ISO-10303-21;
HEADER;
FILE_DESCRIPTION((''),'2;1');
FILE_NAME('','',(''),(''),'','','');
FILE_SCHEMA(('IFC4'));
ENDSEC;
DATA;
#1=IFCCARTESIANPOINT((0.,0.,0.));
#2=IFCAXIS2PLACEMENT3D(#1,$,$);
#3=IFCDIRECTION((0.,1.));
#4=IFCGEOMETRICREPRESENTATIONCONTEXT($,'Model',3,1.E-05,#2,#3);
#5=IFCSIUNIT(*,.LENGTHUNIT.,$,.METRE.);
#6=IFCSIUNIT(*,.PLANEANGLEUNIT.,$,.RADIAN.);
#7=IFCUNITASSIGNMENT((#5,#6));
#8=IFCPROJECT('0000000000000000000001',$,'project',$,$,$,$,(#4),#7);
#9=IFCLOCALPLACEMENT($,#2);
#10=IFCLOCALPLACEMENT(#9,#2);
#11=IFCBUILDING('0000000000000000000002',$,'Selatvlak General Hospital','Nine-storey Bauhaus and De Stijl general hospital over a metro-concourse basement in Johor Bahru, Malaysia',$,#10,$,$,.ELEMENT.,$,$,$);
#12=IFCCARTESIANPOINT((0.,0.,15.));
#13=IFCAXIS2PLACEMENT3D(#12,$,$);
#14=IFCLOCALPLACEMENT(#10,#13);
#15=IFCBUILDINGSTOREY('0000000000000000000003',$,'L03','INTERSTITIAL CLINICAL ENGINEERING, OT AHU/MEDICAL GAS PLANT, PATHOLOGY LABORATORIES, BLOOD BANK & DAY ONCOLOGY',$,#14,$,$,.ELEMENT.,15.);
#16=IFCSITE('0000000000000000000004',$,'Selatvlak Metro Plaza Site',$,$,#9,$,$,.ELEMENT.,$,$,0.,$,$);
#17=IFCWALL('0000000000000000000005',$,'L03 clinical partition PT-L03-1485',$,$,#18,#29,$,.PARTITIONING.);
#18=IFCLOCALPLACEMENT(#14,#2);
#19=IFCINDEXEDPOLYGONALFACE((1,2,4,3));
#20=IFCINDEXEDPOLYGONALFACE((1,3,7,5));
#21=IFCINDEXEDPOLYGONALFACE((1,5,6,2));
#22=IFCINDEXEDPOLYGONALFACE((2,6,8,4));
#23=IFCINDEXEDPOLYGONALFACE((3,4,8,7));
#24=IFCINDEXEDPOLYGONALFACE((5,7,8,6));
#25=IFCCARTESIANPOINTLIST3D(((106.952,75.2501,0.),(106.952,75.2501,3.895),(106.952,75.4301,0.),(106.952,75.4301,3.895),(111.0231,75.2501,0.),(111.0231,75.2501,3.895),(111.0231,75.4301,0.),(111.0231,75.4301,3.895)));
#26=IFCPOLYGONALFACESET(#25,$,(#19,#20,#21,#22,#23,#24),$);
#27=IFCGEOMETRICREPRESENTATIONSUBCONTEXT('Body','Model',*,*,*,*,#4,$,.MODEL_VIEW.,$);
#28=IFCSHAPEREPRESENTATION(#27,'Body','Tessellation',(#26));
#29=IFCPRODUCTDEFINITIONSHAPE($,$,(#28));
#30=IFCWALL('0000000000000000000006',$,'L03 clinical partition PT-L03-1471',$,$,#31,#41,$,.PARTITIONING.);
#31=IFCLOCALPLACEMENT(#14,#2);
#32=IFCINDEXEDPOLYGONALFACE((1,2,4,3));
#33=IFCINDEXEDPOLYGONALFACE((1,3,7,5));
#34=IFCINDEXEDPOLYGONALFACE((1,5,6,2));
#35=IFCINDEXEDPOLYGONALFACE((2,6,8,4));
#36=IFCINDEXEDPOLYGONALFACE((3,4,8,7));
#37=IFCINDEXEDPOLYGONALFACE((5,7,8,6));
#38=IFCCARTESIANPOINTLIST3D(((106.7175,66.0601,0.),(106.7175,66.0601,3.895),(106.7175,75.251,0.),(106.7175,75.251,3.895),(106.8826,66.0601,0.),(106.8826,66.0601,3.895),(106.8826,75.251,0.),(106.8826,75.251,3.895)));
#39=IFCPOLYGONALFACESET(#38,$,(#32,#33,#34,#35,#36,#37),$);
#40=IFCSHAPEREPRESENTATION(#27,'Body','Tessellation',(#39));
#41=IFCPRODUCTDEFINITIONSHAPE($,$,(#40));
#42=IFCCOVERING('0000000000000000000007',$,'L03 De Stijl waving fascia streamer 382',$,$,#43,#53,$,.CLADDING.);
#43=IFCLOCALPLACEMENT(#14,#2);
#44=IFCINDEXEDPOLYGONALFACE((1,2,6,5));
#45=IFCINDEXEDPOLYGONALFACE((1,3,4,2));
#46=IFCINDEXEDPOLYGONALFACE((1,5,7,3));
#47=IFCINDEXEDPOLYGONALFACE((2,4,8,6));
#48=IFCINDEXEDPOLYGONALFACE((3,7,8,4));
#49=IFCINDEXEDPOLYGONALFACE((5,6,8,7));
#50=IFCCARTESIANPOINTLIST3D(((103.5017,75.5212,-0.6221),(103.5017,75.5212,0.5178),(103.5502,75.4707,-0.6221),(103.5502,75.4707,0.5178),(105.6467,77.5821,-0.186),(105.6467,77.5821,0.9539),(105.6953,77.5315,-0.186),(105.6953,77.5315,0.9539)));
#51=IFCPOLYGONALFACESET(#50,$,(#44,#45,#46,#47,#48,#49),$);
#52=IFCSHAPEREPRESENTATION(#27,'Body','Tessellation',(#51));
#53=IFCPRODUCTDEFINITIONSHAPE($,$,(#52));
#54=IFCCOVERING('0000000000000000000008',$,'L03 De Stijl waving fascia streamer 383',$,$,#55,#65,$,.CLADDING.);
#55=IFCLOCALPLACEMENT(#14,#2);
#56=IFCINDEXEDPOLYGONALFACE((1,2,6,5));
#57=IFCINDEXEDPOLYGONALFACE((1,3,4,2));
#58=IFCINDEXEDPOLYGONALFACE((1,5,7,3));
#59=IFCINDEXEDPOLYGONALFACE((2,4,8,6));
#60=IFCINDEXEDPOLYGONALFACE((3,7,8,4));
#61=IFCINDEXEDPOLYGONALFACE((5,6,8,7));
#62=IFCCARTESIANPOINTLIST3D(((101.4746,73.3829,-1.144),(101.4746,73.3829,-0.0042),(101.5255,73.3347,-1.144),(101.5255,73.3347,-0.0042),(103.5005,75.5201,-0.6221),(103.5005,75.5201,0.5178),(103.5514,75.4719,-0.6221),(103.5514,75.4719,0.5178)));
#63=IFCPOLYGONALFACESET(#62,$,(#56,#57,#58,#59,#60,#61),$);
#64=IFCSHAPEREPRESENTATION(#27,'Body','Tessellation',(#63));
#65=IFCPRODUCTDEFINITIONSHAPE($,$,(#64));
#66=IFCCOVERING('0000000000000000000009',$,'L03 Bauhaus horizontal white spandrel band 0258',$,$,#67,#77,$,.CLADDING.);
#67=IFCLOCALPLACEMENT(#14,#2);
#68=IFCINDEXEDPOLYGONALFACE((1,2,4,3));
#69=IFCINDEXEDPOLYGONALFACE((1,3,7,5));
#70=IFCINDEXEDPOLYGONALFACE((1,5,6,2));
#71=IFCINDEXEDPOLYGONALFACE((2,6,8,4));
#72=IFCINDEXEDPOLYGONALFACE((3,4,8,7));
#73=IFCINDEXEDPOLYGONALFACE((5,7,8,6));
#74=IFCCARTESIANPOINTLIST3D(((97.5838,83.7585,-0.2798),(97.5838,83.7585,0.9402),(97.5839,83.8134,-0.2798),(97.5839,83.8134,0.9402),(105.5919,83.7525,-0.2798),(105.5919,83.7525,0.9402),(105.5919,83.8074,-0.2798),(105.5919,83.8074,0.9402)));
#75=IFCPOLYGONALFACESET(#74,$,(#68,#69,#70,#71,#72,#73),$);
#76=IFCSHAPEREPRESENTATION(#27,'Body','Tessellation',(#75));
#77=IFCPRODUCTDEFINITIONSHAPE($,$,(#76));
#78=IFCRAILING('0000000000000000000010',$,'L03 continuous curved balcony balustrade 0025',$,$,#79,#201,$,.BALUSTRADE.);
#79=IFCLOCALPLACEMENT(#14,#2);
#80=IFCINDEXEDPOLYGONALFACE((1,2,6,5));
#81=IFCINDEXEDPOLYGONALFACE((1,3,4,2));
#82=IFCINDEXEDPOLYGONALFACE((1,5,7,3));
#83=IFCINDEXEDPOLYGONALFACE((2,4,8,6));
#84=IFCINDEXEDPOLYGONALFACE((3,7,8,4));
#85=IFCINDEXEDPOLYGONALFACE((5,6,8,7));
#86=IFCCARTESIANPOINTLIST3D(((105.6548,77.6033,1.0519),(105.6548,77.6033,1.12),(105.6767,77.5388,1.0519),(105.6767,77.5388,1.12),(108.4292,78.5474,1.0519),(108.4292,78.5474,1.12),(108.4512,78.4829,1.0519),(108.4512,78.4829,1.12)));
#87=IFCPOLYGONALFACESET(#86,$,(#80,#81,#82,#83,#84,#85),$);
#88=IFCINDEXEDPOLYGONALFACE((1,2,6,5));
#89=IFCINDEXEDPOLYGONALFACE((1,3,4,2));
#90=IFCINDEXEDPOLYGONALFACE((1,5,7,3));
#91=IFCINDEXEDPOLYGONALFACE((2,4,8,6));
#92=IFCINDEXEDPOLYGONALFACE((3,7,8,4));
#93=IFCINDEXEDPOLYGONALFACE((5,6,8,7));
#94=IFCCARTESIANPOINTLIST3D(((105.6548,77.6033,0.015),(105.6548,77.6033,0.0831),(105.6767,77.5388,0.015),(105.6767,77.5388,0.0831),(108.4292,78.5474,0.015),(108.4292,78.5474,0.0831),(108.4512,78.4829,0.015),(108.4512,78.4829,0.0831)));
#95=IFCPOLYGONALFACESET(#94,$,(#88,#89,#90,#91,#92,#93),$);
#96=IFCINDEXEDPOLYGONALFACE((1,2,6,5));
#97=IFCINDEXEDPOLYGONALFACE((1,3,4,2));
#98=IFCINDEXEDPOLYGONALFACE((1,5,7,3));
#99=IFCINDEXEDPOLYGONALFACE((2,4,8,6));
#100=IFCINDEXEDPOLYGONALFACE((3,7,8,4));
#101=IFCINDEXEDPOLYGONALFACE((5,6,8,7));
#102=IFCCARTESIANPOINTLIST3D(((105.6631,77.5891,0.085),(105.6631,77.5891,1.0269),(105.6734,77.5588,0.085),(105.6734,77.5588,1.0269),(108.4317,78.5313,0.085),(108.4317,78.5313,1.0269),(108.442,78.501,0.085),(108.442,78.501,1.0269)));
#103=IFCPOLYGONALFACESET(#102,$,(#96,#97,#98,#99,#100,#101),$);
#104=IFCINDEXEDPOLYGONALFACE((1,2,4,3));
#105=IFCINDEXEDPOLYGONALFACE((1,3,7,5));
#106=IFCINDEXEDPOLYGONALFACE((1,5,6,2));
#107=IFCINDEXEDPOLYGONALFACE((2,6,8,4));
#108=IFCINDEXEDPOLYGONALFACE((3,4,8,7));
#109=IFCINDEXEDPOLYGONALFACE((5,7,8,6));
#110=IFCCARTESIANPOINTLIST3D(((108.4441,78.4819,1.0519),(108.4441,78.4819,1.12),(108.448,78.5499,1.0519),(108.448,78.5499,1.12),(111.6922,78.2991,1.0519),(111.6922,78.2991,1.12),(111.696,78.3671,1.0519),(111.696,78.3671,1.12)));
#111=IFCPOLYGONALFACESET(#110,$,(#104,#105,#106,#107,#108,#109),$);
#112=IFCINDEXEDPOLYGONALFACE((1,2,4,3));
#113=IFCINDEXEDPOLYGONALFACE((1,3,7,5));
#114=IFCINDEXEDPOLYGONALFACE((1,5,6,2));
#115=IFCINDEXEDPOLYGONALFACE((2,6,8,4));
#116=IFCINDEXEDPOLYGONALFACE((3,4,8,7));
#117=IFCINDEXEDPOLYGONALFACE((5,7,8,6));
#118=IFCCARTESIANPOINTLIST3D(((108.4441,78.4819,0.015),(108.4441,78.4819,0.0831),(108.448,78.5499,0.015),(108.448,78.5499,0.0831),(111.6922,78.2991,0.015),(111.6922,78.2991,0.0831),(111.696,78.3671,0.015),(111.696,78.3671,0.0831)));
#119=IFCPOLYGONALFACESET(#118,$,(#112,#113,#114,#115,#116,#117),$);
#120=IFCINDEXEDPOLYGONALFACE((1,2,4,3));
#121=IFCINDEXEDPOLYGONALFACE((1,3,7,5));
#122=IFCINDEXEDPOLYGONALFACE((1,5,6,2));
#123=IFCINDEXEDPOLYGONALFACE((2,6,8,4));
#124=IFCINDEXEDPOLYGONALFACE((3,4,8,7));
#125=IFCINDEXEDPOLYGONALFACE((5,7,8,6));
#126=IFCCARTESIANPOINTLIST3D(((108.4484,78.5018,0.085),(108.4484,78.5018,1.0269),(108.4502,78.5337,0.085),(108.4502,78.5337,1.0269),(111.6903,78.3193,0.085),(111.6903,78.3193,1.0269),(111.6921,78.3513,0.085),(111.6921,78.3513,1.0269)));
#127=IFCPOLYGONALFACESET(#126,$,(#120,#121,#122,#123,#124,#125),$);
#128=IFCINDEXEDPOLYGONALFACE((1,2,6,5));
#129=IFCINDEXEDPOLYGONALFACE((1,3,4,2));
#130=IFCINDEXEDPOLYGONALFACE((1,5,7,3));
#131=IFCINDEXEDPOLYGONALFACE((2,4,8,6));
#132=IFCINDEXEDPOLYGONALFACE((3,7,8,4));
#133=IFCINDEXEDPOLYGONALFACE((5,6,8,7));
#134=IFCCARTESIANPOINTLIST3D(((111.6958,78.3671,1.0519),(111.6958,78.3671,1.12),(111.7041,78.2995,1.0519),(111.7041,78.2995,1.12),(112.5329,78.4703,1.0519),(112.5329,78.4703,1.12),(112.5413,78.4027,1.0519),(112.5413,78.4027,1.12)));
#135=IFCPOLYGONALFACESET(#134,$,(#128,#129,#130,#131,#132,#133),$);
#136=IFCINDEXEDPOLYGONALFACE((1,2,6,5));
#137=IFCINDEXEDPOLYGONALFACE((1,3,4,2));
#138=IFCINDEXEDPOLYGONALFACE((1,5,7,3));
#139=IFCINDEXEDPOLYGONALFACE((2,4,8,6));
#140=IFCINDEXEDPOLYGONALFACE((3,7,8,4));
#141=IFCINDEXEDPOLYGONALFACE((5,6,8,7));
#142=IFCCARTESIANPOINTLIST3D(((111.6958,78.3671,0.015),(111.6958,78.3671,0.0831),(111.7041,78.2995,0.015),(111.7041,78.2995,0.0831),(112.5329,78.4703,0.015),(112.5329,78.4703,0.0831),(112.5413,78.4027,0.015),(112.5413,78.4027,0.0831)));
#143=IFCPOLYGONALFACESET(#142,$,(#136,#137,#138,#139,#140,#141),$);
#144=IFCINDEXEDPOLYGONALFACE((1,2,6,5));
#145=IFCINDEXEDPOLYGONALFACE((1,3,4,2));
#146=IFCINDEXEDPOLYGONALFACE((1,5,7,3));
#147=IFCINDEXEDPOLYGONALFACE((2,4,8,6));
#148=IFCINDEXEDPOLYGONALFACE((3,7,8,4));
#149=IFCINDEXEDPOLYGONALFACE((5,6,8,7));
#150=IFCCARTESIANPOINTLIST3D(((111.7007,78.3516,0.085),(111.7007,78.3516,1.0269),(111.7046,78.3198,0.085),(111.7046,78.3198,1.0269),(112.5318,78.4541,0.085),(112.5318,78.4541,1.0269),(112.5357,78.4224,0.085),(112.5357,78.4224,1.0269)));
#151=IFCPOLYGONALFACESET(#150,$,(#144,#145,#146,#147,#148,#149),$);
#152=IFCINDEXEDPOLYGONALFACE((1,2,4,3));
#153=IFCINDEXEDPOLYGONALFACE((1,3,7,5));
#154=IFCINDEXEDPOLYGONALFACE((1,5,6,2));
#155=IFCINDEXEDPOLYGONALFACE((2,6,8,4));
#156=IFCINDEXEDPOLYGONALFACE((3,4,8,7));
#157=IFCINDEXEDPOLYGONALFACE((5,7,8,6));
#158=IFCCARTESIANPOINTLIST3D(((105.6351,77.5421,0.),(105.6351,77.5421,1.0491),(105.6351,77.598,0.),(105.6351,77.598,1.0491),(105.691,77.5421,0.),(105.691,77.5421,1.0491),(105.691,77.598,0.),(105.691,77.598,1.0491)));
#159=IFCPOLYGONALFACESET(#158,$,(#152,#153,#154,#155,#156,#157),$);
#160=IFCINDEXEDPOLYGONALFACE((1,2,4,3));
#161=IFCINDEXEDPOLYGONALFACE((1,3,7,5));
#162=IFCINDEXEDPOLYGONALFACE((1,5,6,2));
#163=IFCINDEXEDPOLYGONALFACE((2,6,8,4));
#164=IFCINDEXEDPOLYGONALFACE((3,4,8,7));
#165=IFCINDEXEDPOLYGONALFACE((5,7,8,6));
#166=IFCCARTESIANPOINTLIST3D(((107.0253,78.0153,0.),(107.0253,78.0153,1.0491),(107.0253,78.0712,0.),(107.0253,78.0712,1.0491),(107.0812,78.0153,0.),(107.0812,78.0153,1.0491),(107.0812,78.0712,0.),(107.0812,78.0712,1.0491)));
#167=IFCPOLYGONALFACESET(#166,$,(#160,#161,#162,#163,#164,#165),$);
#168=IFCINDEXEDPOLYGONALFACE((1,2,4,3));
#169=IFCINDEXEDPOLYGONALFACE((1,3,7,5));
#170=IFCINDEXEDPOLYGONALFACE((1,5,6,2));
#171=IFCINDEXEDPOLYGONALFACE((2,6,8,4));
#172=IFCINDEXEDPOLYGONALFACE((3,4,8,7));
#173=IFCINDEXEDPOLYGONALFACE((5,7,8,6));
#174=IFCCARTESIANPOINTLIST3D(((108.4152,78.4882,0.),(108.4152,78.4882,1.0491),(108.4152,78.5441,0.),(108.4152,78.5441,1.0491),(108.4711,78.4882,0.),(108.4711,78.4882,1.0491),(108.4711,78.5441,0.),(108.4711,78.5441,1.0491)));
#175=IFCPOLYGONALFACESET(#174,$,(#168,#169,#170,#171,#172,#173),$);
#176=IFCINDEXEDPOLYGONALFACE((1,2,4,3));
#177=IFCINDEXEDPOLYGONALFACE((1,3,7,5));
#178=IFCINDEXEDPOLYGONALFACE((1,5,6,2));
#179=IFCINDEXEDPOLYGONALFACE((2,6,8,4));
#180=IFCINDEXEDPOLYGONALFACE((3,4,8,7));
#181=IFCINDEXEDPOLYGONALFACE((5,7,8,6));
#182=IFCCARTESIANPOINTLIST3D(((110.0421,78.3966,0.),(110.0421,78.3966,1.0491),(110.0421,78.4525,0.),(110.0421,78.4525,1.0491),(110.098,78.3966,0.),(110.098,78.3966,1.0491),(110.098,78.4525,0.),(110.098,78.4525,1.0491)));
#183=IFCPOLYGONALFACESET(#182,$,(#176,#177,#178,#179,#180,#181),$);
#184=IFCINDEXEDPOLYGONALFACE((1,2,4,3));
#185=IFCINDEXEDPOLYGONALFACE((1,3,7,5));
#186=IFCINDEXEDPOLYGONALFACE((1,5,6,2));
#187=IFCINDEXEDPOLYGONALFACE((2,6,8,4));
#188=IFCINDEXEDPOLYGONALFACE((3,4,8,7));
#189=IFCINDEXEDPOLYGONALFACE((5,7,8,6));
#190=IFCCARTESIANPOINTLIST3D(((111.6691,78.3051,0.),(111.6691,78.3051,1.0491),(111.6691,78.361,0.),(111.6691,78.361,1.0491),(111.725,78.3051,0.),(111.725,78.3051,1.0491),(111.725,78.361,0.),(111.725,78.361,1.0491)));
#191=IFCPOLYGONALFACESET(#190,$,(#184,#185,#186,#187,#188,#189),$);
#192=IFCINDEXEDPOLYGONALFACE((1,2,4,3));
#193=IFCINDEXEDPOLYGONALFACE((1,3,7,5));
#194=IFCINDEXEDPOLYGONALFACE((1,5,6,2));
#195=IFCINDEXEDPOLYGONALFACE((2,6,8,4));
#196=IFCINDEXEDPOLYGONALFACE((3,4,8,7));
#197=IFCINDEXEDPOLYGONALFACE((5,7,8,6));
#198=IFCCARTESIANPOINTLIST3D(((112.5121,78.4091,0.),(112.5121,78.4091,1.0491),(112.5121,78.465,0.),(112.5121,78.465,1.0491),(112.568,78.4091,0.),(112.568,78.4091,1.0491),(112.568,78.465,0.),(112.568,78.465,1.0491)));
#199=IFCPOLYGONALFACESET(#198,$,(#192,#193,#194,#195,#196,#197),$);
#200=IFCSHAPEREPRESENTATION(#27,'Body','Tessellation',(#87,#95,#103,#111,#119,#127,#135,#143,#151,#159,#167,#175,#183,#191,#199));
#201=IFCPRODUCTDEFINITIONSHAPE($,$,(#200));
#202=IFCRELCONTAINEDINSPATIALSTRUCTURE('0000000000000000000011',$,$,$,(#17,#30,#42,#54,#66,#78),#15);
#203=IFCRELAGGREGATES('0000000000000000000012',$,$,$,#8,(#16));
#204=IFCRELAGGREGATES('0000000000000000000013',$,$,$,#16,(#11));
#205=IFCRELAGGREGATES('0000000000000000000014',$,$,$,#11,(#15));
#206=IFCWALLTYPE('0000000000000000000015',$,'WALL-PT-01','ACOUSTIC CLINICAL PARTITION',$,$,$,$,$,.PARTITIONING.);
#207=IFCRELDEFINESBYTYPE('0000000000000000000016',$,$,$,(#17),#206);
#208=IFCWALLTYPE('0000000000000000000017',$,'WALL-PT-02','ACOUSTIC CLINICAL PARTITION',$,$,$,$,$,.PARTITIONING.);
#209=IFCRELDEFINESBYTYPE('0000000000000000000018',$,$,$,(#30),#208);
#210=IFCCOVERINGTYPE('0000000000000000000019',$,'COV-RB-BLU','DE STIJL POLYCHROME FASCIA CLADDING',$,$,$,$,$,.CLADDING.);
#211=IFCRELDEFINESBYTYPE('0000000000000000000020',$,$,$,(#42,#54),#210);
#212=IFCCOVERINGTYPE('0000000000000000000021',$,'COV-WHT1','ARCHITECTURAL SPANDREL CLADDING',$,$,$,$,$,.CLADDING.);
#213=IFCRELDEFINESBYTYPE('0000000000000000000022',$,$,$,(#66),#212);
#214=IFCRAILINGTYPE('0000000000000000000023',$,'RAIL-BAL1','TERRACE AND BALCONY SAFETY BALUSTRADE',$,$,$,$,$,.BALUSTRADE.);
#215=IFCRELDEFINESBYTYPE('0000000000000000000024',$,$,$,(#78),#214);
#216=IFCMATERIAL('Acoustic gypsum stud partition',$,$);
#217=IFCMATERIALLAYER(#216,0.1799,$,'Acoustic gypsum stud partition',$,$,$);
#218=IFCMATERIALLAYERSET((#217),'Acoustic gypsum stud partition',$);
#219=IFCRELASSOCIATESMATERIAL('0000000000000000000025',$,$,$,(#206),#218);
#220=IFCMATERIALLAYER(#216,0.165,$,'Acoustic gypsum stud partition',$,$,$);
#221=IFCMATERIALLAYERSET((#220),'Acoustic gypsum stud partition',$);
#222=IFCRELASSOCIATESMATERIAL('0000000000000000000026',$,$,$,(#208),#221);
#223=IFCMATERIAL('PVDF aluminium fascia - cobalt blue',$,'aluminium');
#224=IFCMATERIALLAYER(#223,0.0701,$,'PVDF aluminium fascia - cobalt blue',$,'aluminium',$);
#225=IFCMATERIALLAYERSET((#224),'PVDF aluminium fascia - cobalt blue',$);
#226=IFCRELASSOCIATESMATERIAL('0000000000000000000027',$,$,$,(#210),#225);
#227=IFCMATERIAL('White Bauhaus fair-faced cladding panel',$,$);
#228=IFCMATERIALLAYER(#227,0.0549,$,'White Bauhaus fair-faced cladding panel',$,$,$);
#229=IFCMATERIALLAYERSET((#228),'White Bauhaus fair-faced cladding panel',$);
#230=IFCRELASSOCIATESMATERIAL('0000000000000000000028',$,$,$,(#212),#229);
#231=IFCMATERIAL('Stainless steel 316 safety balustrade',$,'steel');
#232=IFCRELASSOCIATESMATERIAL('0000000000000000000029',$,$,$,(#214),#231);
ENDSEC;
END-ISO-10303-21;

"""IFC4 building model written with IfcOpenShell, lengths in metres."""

from ifc_helpers import new_model, si_unit, direction, frame, frame_2d, origin, origin_2d, place, context, subcontext, project, spatial, polyline, rectangle, outline, extrude, material, layer, layer_set, type_object, element, save


model = new_model("IFC4")

# Units and contexts
model_context = context("Model", 3, precision=1e-05, world=origin(), true_north=direction((0.0, 1.0)))
body_context = subcontext(model_context, "Body", "Model", "MODEL_VIEW")
ifc_project = project(units=[si_unit("LENGTHUNIT", "METRE"), si_unit("PLANEANGLEUNIT", "RADIAN")], contexts=[model_context])

# Site, building, storey
site_placement = place(None, origin())
site = spatial("IfcSite", under=ifc_project, at=site_placement, Name="Selatvlak Metro Plaza Site", CompositionType="ELEMENT", RefElevation=0.0)
building_placement = place(site_placement, origin())
building = spatial("IfcBuilding", under=site, at=building_placement, Name="Selatvlak General Hospital", Description="Nine-storey Bauhaus and De Stijl general hospital over a metro-concourse basement in Johor Bahru, Malaysia", CompositionType="ELEMENT")
storey_placement = place(building_placement, frame((0.0, 0.0, 15.0)))
storey = spatial("IfcBuildingStorey", under=building, at=storey_placement, Name="L03", Description="INTERSTITIAL CLINICAL ENGINEERING, OT AHU/MEDICAL GAS PLANT, PATHOLOGY LABORATORIES, BLOOD BANK & DAY ONCOLOGY", CompositionType="ELEMENT", Elevation=15.0)

# Walls
ifc_material_1 = material(Name="Acoustic gypsum stud partition")
ifc_layer_1 = layer(ifc_material_1, 0.1799, Name="Acoustic gypsum stud partition")
ifc_layer_set_1 = layer_set([ifc_layer_1], Name="Acoustic gypsum stud partition")
wall_type_1 = type_object("IfcWallType", Name="WALL-PT-01", Description="ACOUSTIC CLINICAL PARTITION", PredefinedType="PARTITIONING", material=ifc_layer_set_1)
wall_1_placement = place(storey_placement, frame((106.9519, 75.3401, 0.0), z_axis=(0.0, 0.0, 1.0), x_axis=(1.0, 0.0, 0.0)))
element("IfcWall", 1, at=wall_1_placement, inside=storey, type_object=wall_type_1, Name="L03 clinical partition PT-L03-1485", PredefinedType="PARTITIONING", context=body_context, shape_type="SweptSolid", body=[
    extrude(rectangle(XDim=4.071, YDim=0.1799, at=frame_2d((2.0356, 0.0))), origin(), (0.0, 0.0, 1.0), 3.895),
])
ifc_layer_2 = layer(ifc_material_1, 0.165, Name="Acoustic gypsum stud partition")
ifc_layer_set_2 = layer_set([ifc_layer_2], Name="Acoustic gypsum stud partition")
wall_type_2 = type_object("IfcWallType", Name="WALL-PT-02", Description="ACOUSTIC CLINICAL PARTITION", PredefinedType="PARTITIONING", material=ifc_layer_set_2)
wall_2_placement = place(storey_placement, frame((106.8, 75.251, 0.0), z_axis=(0.0, 0.0, 1.0), x_axis=(0.0, -1.0, 0.0)))
element("IfcWall", 2, at=wall_2_placement, inside=storey, type_object=wall_type_2, Name="L03 clinical partition PT-L03-1471", PredefinedType="PARTITIONING", context=body_context, shape_type="SweptSolid", body=[
    extrude(rectangle(XDim=9.1909, YDim=0.165, at=frame_2d((4.5955, 0.0))), origin(), (0.0, 0.0, 1.0), 3.895),
])

# Coverings
ifc_material_2 = material(Name="PVDF aluminium fascia - cobalt blue", Category="aluminium")
ifc_layer_3 = layer(ifc_material_2, 0.0701, Name="PVDF aluminium fascia - cobalt blue", Category="aluminium")
ifc_layer_set_3 = layer_set([ifc_layer_3], Name="PVDF aluminium fascia - cobalt blue")
covering_type_1 = type_object("IfcCoveringType", Name="COV-RB-BLU", Description="DE STIJL POLYCHROME FASCIA CLADDING", PredefinedType="CLADDING", material=ifc_layer_set_3)
covering_1_placement = place(storey_placement, frame((105.6709, 77.5569, -0.186), z_axis=(0.0, 0.0, 1.0), x_axis=(-0.721123, -0.692807, 0.0)))
element("IfcCovering", 3, at=covering_1_placement, inside=storey, type_object=covering_type_1, Name="L03 De Stijl waving fascia streamer 382", PredefinedType="CLADDING", context=body_context, shape_type="SweptSolid", body=[
    extrude(outline(polyline([(0.0, 0.0), (2.9746, -0.436), (2.9746, 0.7039), (0.0, 1.1399), (0.0, 0.0)])), frame((0.0, 0.0352, 0.0), z_axis=(0.0, -1.0, 0.0), x_axis=(1.0, 0.0, 0.0)), (0.0, 0.0, 1.0), 0.0701),
])
covering_2_placement = place(storey_placement, frame((103.5259, 75.4961, -0.6221), z_axis=(0.0, 0.0, 1.0), x_axis=(-0.687952, -0.725757, 0.0)))
element("IfcCovering", 4, at=covering_2_placement, inside=storey, type_object=covering_type_1, Name="L03 De Stijl waving fascia streamer 383", PredefinedType="CLADDING", context=body_context, shape_type="SweptSolid", body=[
    extrude(outline(polyline([(0.0, 0.0), (2.9448, -0.522), (2.9448, 0.6179), (0.0, 1.1399), (0.0, 0.0)])), frame((0.0, 0.0352, 0.0), z_axis=(0.0, -1.0, 0.0), x_axis=(1.0, 0.0, 0.0)), (0.0, 0.0, 1.0), 0.0701),
])
ifc_material_3 = material(Name="White Bauhaus fair-faced cladding panel")
ifc_layer_4 = layer(ifc_material_3, 0.0549, Name="White Bauhaus fair-faced cladding panel")
ifc_layer_set_4 = layer_set([ifc_layer_4], Name="White Bauhaus fair-faced cladding panel")
covering_type_2 = type_object("IfcCoveringType", Name="COV-WHT1", Description="ARCHITECTURAL SPANDREL CLADDING", PredefinedType="CLADDING", material=ifc_layer_set_4)
covering_3_placement = place(storey_placement, frame((101.5879, 83.783, -0.2798), z_axis=(0.0, 0.0, 1.0), x_axis=(-1.0, 0.00075, 0.0)))
element("IfcCovering", 5, at=covering_3_placement, inside=storey, type_object=covering_type_2, Name="L03 Bauhaus horizontal white spandrel band 0258", PredefinedType="CLADDING", context=body_context, shape_type="SweptSolid", body=[
    extrude(rectangle(XDim=8.0081, YDim=0.0549, at=origin_2d()), origin(), (0.0, 0.0, 1.0), 1.22),
])

# Railing
ifc_material_4 = material(Name="Stainless steel 316 safety balustrade", Category="steel")
railing_type = type_object("IfcRailingType", Name="RAIL-BAL1", Description="TERRACE AND BALCONY SAFETY BALUSTRADE", PredefinedType="BALUSTRADE", material=ifc_material_4)
railing_placement = place(storey_placement, frame((105.6631, 77.5701, 0.0)))
element("IfcRailing", 6, at=railing_placement, inside=storey, type_object=railing_type, Name="L03 continuous curved balcony balustrade 0025", PredefinedType="BALUSTRADE", context=body_context, shape_type="SweptSolid", body=[
    extrude(rectangle(XDim=0.0681, YDim=0.0681, at=origin_2d()), frame((0.0027, 0.001, 1.0859), z_axis=(0.946686, 0.322158, 0.0), x_axis=(-0.322158, 0.946686, 0.0)), (0.0, 0.0, 1.0), 2.9307),
    extrude(rectangle(XDim=0.0681, YDim=0.0681, at=origin_2d()), frame((0.0027, 0.001, 0.0491), z_axis=(0.946686, 0.322158, 0.0), x_axis=(-0.322158, 0.946686, 0.0)), (0.0, 0.0, 1.0), 2.9307),
    extrude(outline(polyline([(0.0, 0.0), (2.9246, 0.0), (2.9246, 0.9419), (0.0, 0.9419), (0.0, 0.0)])), frame((0.0, 0.019, 0.085), z_axis=(0.322158, -0.946686, 0.0), x_axis=(0.946686, 0.322158, 0.0)), (0.0, 0.0, 1.0), 0.032),
    extrude(rectangle(XDim=0.0681, YDim=0.0681, at=origin_2d()), frame((2.783, 0.9458, 1.0859), z_axis=(0.99842, -0.056184, 0.0), x_axis=(0.056184, 0.99842, 0.0)), (0.0, 0.0, 1.0), 3.2532),
    extrude(rectangle(XDim=0.0681, YDim=0.0681, at=origin_2d()), frame((2.783, 0.9458, 0.0491), z_axis=(0.99842, -0.056184, 0.0), x_axis=(0.056184, 0.99842, 0.0)), (0.0, 0.0, 1.0), 3.2532),
    extrude(outline(polyline([(0.0, 0.0), (3.2471, 0.0), (3.2471, 0.9419), (0.0, 0.9419), (0.0, 0.0)])), frame((2.7871, 0.9636, 0.085), z_axis=(-0.056184, -0.99842, 0.0), x_axis=(0.99842, -0.056184, 0.0)), (0.0, 0.0, 1.0), 0.032),
    extrude(rectangle(XDim=0.0681, YDim=0.0681, at=origin_2d()), frame((6.0369, 0.7632, 1.0859), z_axis=(0.992476, 0.122443, 0.0), x_axis=(-0.122443, 0.992476, 0.0)), (0.0, 0.0, 1.0), 0.8435),
    extrude(rectangle(XDim=0.0681, YDim=0.0681, at=origin_2d()), frame((6.0369, 0.7632, 0.0491), z_axis=(0.992476, 0.122443, 0.0), x_axis=(-0.122443, 0.992476, 0.0)), (0.0, 0.0, 1.0), 0.8435),
    extrude(outline(polyline([(0.0, 0.0), (0.8374, 0.0), (0.8374, 0.9419), (0.0, 0.9419), (0.0, 0.0)])), frame((6.0376, 0.7815, 0.085), z_axis=(0.122443, -0.992476, 0.0), x_axis=(0.992476, 0.122443, 0.0)), (0.0, 0.0, 1.0), 0.032),
    extrude(rectangle(XDim=0.0559, YDim=0.0559, at=origin_2d()), origin(), (0.0, 0.0, 1.0), 1.0491),
    extrude(rectangle(XDim=0.0559, YDim=0.0559, at=origin_2d()), frame((1.3901, 0.4731, 0.0)), (0.0, 0.0, 1.0), 1.0491),
    extrude(rectangle(XDim=0.0559, YDim=0.0559, at=origin_2d()), frame((2.78, 0.946, 0.0)), (0.0, 0.0, 1.0), 1.0491),
    extrude(rectangle(XDim=0.0559, YDim=0.0559, at=origin_2d()), frame((4.407, 0.8545, 0.0)), (0.0, 0.0, 1.0), 1.0491),
    extrude(rectangle(XDim=0.0559, YDim=0.0559, at=origin_2d()), frame((6.0339, 0.7629, 0.0)), (0.0, 0.0, 1.0), 1.0491),
    extrude(rectangle(XDim=0.0559, YDim=0.0559, at=origin_2d()), frame((6.877, 0.8669, 0.0)), (0.0, 0.0, 1.0), 1.0491),
])

save(model, "model.ifc")
